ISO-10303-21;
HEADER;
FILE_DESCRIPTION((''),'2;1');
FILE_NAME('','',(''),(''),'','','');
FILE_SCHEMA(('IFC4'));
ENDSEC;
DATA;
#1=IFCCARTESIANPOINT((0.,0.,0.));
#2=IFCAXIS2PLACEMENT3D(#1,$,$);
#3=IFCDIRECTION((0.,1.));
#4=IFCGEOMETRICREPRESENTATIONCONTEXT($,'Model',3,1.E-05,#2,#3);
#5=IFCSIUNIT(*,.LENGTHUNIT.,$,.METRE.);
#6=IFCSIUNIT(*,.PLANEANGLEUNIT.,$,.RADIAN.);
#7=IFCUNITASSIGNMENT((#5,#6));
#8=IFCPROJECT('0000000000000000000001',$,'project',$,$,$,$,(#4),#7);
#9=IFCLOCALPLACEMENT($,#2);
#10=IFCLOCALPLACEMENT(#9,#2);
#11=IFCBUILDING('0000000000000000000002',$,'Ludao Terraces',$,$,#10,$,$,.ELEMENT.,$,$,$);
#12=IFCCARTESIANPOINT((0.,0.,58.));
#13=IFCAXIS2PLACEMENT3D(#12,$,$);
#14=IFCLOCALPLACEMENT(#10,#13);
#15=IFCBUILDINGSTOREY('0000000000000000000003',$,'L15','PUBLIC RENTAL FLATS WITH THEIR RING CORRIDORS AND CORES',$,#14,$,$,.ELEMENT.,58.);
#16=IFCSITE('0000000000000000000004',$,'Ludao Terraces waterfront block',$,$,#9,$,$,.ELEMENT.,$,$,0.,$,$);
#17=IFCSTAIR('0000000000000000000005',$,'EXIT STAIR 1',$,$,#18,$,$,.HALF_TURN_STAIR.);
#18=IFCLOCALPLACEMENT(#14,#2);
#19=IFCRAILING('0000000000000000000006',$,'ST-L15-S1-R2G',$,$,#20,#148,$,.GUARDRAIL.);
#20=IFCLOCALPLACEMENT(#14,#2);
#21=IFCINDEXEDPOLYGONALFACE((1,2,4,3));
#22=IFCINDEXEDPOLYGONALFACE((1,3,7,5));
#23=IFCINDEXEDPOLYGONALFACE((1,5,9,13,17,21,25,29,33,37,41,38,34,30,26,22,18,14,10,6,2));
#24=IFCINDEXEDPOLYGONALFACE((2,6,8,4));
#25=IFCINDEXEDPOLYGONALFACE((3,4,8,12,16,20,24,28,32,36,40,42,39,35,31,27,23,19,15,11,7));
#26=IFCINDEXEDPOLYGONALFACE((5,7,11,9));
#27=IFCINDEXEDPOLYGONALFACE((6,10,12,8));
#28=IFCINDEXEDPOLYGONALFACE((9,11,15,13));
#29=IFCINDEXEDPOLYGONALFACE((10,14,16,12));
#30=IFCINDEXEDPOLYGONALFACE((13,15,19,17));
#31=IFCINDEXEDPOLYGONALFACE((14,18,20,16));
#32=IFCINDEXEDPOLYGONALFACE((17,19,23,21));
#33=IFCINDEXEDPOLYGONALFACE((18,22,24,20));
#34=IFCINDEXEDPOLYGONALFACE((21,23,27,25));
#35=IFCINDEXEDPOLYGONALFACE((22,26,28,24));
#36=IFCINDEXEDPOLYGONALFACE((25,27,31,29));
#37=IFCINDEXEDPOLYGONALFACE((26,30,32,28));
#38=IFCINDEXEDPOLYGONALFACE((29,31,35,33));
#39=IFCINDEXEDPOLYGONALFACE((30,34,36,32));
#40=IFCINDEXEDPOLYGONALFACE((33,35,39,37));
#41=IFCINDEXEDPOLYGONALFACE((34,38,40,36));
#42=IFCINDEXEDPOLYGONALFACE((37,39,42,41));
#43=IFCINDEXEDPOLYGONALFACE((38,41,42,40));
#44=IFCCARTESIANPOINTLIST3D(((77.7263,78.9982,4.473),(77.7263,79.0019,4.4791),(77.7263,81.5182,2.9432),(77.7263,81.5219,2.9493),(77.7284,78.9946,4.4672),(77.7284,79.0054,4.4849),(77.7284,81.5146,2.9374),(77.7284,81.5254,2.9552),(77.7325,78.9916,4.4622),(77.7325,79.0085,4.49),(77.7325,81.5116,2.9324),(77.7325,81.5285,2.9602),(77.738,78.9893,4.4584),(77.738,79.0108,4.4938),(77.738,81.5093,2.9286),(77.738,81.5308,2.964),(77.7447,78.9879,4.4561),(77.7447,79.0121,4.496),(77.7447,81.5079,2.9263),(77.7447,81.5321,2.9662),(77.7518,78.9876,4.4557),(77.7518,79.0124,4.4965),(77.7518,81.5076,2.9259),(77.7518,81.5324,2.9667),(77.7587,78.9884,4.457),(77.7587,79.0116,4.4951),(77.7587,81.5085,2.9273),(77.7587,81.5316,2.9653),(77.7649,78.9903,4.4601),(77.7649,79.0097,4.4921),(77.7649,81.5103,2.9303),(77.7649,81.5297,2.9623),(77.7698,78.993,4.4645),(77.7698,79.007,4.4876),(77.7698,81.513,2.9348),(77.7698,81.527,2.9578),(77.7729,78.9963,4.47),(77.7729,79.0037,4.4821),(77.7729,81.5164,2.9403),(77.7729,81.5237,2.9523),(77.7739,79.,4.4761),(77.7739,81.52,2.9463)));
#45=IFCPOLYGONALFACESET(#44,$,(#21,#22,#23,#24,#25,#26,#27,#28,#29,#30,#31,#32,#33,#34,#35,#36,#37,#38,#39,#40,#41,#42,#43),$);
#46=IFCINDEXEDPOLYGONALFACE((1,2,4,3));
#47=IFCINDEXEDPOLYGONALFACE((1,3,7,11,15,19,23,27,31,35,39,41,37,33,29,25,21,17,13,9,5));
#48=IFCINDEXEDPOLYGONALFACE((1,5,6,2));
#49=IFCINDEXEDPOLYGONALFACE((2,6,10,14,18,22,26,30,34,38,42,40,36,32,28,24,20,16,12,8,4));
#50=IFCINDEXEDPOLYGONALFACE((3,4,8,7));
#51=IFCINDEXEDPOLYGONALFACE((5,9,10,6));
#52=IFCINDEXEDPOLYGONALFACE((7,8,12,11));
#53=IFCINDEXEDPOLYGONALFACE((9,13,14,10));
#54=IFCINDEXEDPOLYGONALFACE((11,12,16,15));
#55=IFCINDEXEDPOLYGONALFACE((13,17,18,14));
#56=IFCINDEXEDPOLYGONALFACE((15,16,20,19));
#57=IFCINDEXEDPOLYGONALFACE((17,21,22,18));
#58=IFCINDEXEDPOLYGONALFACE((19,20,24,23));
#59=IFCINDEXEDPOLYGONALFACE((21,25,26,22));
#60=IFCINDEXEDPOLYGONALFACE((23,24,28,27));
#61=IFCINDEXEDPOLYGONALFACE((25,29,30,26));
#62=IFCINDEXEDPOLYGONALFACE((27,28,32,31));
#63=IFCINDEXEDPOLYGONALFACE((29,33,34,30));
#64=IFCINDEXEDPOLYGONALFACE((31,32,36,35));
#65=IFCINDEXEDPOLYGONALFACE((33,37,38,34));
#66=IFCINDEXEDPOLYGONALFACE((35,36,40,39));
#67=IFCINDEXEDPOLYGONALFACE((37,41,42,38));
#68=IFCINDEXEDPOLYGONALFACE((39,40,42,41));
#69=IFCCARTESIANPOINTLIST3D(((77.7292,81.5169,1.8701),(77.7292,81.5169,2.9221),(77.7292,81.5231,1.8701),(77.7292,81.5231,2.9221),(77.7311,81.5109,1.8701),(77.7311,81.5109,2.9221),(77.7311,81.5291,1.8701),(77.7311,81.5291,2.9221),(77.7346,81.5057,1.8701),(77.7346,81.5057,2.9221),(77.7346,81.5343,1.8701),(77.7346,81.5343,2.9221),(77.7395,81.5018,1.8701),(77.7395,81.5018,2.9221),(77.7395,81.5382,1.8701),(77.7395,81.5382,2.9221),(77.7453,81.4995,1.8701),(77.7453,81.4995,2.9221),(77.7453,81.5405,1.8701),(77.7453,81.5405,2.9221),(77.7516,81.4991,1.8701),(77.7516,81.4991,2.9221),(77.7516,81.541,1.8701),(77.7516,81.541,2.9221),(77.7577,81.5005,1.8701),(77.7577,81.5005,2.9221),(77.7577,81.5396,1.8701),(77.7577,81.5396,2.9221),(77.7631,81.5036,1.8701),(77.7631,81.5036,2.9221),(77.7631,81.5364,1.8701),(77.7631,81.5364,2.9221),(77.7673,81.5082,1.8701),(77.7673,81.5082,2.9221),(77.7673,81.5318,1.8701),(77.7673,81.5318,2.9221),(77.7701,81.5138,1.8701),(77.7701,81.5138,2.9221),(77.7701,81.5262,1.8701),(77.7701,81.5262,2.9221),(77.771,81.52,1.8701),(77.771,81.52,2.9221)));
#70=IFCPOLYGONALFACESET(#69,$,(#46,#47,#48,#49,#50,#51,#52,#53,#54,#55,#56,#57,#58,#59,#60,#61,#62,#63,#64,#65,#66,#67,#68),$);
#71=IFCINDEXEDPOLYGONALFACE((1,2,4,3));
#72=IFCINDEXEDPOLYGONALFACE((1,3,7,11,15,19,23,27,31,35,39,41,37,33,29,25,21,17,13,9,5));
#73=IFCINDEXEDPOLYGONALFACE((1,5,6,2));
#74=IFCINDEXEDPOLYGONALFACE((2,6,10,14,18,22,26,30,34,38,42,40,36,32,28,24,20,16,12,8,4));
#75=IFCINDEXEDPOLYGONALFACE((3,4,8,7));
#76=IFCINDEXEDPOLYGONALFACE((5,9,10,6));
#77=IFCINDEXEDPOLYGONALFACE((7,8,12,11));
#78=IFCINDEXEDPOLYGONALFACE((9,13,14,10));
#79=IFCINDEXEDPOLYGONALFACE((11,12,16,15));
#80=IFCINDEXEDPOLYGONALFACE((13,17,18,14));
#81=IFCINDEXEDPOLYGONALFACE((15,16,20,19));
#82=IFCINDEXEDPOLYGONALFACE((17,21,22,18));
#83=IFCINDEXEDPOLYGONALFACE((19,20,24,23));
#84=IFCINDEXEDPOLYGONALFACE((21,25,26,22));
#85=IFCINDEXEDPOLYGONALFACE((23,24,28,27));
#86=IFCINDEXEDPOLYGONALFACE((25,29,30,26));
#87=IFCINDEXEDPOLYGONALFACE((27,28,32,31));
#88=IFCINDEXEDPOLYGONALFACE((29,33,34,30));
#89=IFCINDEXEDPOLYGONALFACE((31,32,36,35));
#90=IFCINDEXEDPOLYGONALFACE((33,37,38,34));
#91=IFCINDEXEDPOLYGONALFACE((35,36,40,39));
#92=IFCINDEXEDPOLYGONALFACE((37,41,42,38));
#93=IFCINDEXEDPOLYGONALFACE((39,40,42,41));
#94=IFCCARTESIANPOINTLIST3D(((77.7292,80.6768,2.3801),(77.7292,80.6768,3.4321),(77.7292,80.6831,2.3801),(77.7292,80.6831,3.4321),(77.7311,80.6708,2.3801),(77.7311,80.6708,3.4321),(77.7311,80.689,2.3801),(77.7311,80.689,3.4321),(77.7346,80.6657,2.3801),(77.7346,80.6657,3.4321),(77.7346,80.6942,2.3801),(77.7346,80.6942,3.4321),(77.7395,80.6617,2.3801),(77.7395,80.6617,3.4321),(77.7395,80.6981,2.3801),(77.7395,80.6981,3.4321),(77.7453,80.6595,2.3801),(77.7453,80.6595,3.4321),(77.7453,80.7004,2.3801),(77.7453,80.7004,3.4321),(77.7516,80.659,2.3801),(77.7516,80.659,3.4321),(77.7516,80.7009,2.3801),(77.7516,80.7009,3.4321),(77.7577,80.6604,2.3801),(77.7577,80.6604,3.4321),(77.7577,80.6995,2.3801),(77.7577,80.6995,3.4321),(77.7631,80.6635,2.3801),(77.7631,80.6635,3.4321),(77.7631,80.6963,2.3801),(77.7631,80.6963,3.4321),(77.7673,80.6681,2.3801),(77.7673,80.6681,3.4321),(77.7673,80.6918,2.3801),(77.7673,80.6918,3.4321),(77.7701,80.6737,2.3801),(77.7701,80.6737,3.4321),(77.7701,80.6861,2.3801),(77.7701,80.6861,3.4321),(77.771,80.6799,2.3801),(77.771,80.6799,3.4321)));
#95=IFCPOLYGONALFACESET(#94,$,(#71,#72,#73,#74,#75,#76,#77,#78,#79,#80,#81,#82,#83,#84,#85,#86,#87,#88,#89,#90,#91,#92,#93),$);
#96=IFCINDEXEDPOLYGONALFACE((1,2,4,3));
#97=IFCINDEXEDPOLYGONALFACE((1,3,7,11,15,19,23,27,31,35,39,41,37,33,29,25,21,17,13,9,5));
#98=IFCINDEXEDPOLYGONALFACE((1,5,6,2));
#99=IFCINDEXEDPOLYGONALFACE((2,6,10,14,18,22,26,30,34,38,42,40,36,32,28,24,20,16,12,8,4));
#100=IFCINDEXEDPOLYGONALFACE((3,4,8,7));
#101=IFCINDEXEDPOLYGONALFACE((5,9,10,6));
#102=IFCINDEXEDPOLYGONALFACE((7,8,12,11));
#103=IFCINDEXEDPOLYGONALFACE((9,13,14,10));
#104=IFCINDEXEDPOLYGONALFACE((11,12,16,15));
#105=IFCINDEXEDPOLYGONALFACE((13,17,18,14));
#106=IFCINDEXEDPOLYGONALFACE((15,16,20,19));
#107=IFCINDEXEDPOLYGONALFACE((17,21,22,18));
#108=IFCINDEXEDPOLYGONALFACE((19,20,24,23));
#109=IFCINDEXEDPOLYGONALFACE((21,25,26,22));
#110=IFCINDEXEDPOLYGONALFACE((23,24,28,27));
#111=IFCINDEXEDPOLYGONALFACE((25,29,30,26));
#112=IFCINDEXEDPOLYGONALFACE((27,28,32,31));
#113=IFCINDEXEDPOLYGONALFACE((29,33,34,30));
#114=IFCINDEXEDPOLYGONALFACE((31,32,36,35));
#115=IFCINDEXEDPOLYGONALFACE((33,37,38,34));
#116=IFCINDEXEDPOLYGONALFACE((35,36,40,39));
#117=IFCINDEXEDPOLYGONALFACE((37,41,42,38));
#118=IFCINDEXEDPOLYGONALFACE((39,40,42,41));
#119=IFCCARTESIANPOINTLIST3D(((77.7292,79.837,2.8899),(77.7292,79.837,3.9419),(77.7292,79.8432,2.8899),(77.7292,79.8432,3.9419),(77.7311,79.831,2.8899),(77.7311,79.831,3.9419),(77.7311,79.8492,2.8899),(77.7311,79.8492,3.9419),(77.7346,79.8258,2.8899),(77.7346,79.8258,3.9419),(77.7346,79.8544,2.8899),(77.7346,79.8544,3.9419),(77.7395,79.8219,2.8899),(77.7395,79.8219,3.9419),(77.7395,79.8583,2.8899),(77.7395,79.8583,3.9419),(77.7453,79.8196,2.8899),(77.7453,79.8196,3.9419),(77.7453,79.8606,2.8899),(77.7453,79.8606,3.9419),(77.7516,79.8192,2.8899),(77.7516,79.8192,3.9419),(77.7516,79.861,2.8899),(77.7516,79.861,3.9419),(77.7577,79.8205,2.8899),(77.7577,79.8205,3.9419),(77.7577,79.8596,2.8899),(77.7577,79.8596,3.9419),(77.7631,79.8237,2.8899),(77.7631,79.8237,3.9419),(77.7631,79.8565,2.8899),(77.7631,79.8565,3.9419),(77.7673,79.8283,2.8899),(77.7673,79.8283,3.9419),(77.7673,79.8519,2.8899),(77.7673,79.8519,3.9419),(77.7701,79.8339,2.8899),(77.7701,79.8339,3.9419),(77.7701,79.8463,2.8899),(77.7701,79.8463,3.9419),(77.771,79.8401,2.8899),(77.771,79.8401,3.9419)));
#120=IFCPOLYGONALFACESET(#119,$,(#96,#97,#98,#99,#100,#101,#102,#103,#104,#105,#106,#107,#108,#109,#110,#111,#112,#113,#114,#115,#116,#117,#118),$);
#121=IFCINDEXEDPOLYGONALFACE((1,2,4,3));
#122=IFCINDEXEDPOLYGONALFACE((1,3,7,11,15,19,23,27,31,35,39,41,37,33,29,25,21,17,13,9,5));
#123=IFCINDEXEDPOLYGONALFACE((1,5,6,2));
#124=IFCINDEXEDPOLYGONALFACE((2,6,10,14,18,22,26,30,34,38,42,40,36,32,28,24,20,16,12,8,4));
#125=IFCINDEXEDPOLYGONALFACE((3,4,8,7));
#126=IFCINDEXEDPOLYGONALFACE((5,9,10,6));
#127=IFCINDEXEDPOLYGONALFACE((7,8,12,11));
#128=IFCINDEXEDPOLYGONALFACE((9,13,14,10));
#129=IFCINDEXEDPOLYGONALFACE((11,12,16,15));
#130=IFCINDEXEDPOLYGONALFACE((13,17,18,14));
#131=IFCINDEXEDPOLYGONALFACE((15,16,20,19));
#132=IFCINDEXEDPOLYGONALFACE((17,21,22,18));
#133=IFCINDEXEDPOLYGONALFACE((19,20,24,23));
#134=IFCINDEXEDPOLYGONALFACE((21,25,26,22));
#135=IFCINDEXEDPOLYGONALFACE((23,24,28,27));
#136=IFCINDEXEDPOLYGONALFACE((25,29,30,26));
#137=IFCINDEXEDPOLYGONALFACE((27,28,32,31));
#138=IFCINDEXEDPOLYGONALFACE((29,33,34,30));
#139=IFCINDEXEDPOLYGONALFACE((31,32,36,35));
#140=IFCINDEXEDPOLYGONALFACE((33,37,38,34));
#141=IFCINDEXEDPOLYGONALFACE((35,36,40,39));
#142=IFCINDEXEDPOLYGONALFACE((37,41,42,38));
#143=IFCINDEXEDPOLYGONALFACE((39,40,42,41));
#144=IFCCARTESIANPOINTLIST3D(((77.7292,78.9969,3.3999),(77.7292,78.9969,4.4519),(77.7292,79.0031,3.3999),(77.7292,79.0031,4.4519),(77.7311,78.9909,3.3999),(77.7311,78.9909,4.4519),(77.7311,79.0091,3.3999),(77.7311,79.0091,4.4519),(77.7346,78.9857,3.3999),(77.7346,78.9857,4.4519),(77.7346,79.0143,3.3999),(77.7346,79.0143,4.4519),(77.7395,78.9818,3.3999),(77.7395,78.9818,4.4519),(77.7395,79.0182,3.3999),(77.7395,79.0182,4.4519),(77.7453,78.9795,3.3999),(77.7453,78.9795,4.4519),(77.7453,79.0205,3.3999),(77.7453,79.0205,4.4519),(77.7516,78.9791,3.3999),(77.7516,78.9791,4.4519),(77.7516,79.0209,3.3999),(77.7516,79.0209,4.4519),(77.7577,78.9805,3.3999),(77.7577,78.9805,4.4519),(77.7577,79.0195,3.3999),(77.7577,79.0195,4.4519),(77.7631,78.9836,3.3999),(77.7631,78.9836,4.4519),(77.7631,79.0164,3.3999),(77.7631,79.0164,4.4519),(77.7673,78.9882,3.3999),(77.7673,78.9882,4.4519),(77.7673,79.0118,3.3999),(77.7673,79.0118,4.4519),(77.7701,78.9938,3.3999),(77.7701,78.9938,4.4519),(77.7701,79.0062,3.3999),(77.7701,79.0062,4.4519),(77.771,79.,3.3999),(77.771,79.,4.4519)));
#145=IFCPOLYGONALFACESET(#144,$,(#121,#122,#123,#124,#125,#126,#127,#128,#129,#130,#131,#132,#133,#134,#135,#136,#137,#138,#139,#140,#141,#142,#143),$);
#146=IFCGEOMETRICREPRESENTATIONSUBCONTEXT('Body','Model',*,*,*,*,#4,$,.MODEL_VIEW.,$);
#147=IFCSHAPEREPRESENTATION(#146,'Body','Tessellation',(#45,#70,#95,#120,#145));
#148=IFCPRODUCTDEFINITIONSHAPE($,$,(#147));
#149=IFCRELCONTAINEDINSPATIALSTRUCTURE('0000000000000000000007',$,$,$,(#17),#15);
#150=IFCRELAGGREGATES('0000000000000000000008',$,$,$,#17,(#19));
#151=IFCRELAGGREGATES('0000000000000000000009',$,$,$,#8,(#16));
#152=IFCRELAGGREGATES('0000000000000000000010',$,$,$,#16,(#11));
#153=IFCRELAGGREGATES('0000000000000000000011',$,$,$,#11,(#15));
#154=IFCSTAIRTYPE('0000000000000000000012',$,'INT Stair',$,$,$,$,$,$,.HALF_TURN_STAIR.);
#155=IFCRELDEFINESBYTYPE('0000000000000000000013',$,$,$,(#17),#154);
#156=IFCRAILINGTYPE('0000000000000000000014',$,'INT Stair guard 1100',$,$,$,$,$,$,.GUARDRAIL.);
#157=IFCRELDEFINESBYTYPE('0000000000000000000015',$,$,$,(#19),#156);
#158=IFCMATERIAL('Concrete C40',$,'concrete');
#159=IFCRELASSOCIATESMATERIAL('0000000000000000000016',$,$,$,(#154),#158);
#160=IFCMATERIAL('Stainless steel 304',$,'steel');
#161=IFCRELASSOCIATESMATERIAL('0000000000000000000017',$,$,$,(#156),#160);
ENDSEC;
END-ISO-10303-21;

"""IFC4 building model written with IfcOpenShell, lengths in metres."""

from ifc_helpers import new_model, si_unit, direction, frame, origin, origin_2d, place, context, subcontext, project, spatial, circle, extrude, material, type_object, element, aggregate, save


model = new_model("IFC4")

# Units and contexts
model_context = context("Model", 3, precision=1e-05, world=origin(), true_north=direction((0.0, 1.0)))
body_context = subcontext(model_context, "Body", "Model", "MODEL_VIEW")
ifc_project = project(units=[si_unit("LENGTHUNIT", "METRE"), si_unit("PLANEANGLEUNIT", "RADIAN")], contexts=[model_context])

# Site, building, storey
site_placement = place(None, origin())
site = spatial("IfcSite", under=ifc_project, at=site_placement, Name="Ludao Terraces waterfront block", CompositionType="ELEMENT", RefElevation=0.0)
building_placement = place(site_placement, origin())
building = spatial("IfcBuilding", under=site, at=building_placement, Name="Ludao Terraces", CompositionType="ELEMENT")
storey_placement = place(building_placement, frame((0.0, 0.0, 58.0)))
storey = spatial("IfcBuildingStorey", under=building, at=storey_placement, Name="L15", Description="PUBLIC RENTAL FLATS WITH THEIR RING CORRIDORS AND CORES", CompositionType="ELEMENT", Elevation=58.0)

# Shared definitions
ifc_material_1 = material(Name="Concrete C40", Category="concrete")

# Shared definitions
ifc_material_2 = material(Name="Stainless steel 304", Category="steel")

# Stair, railing
stair_type = type_object("IfcStairType", Name="INT Stair", PredefinedType="HALF_TURN_STAIR", material=ifc_material_1)
stair_placement = place(storey_placement, origin())
stair = element("IfcStair", 1, at=stair_placement, inside=storey, type_object=stair_type, Name="EXIT STAIR 1", PredefinedType="HALF_TURN_STAIR")
railing_type_1 = type_object("IfcRailingType", Name="INT Stair guard 1100", PredefinedType="GUARDRAIL", material=ifc_material_2)
railing_1_placement = place(storey_placement, frame((77.75, 81.52, 1.8701)))
railing_1 = element("IfcRailing", 2, at=railing_1_placement, type_object=railing_type_1, Name="ST-L15-S1-R2G", PredefinedType="GUARDRAIL", context=body_context, shape_type="SweptSolid", body=[
    extrude(circle(Radius=0.0239, at=origin_2d()), frame((0.0, 0.0, 1.0762), z_axis=(0.0, -0.854822, 0.518922), x_axis=(1.0, 0.0, 0.0)), (0.0, 0.0, 1.0), 2.948),
    extrude(circle(Radius=0.021, at=origin_2d()), origin(), (0.0, 0.0, 1.0), 1.052),
    extrude(circle(Radius=0.021, at=origin_2d()), frame((0.0, -0.8401, 0.51)), (0.0, 0.0, 1.0), 1.052),
    extrude(circle(Radius=0.021, at=origin_2d()), frame((0.0, -1.6799, 1.0198)), (0.0, 0.0, 1.0), 1.052),
    extrude(circle(Radius=0.021, at=origin_2d()), frame((0.0, -2.52, 1.5298)), (0.0, 0.0, 1.0), 1.052),
])
aggregate(stair, [railing_1])

save(model, "model.ifc")
